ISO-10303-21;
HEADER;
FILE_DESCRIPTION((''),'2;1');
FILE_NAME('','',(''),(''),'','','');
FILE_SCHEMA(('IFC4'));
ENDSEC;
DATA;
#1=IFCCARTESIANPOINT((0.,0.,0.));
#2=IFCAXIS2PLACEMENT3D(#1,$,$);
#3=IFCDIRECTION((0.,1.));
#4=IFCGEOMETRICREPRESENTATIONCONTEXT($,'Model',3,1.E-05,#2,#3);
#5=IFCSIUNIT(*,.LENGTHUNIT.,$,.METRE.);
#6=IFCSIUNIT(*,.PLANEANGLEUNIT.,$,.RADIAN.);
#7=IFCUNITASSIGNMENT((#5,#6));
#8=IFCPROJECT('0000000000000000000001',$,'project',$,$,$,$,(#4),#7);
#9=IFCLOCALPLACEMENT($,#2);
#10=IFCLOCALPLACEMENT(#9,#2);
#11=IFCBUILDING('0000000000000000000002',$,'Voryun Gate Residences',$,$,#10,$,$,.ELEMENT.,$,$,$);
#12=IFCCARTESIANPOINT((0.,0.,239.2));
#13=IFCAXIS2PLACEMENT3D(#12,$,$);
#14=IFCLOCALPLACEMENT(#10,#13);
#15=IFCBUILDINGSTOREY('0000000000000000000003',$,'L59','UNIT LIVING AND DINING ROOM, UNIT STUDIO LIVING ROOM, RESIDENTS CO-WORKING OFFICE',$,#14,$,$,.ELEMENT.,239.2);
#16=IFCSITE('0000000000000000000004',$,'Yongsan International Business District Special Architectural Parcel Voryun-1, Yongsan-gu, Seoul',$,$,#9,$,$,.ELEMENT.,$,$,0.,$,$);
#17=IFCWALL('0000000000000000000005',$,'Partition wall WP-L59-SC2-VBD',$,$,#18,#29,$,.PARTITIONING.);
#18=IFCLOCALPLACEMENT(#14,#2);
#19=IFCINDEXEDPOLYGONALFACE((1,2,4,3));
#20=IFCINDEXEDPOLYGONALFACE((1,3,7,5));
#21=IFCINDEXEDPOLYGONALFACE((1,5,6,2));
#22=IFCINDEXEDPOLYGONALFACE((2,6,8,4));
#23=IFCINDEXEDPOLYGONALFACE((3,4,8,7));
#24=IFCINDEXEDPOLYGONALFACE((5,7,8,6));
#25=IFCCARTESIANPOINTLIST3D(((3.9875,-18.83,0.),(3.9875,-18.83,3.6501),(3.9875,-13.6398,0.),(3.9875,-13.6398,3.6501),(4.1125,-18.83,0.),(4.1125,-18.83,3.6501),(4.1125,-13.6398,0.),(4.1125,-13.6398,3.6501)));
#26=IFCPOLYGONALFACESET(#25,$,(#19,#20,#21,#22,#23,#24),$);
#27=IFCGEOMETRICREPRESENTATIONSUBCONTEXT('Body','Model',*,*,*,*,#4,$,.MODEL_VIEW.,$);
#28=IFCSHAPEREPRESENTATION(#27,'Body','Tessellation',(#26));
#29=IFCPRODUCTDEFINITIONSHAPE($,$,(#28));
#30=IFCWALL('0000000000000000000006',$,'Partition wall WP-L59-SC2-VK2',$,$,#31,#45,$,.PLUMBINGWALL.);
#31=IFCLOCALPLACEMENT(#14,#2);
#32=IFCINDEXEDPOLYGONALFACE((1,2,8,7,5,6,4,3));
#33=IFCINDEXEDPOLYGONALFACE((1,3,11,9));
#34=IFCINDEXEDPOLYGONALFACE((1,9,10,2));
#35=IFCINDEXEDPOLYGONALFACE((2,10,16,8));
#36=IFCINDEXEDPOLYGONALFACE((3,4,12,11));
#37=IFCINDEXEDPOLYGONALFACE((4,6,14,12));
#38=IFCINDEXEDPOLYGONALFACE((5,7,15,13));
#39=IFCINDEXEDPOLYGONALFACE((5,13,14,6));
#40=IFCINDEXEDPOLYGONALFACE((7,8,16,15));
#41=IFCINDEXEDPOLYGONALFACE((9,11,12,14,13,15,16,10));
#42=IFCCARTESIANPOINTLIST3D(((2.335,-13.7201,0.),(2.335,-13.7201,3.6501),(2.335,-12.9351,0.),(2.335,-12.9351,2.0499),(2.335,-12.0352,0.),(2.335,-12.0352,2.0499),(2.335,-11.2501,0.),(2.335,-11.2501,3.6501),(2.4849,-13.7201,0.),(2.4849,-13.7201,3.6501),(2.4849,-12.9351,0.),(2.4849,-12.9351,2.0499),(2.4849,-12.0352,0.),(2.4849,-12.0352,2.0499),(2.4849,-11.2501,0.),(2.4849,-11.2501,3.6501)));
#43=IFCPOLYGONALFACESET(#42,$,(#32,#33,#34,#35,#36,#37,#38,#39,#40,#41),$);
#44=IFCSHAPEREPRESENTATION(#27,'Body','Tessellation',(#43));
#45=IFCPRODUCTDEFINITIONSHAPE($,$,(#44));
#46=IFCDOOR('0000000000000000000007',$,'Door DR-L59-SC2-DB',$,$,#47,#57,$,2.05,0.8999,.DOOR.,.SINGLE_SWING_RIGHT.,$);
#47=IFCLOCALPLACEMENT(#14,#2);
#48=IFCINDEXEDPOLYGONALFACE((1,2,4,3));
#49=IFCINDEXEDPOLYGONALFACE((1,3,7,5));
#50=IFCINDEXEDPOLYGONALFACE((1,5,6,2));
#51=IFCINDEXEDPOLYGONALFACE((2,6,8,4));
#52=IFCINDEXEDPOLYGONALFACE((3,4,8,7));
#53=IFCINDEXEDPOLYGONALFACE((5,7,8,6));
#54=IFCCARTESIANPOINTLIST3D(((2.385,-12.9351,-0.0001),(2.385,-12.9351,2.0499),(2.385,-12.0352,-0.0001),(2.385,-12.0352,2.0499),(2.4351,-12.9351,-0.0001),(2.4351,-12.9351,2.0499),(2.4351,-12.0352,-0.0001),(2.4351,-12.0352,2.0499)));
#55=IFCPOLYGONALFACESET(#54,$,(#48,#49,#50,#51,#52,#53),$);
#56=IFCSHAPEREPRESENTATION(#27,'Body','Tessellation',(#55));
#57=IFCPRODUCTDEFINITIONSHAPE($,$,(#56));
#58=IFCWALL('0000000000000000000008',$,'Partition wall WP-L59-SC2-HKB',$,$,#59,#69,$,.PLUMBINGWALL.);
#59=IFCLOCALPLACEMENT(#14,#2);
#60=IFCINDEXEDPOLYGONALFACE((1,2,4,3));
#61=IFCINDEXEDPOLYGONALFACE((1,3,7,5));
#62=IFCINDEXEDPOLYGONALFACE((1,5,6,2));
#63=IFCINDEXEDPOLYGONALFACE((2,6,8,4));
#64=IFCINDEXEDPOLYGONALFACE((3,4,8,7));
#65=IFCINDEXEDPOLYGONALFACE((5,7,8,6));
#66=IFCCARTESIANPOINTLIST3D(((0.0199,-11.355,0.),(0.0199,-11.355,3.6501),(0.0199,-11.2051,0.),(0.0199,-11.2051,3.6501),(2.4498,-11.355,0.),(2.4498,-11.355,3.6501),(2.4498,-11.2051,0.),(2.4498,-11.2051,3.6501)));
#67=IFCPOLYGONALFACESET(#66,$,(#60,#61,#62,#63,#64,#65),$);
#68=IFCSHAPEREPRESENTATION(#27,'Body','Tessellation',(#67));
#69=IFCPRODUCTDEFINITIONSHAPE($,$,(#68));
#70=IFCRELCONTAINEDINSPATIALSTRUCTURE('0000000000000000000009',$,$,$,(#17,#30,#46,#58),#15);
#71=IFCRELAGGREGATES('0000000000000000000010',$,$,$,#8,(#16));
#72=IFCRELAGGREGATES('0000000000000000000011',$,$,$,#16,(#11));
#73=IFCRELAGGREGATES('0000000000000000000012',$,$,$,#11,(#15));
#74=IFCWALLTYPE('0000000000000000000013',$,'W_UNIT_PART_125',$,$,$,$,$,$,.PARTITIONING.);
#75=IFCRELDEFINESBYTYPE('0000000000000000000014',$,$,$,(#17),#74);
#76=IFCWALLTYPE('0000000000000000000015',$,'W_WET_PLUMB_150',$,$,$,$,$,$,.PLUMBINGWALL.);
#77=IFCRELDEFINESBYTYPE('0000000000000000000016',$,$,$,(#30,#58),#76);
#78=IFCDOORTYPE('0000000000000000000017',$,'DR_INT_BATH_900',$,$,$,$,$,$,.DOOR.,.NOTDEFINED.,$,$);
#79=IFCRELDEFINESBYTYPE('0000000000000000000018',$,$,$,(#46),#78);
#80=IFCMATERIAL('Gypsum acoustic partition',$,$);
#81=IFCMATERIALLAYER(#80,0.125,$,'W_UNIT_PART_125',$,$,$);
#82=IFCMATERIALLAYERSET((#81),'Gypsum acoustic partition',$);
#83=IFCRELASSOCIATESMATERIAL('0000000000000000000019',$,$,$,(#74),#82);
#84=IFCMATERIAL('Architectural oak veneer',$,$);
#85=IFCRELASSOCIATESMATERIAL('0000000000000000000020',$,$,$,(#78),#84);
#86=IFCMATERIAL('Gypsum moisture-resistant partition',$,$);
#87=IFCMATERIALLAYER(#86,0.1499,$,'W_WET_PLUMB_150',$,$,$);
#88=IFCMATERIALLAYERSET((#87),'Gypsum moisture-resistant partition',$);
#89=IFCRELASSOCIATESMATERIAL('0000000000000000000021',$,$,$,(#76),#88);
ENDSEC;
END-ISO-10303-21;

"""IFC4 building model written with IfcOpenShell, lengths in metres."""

from ifc_helpers import new_model, si_unit, direction, frame, frame_2d, origin, place, context, subcontext, project, spatial, rectangle, extrude, material, layer, layer_set, type_object, element, fill, save


model = new_model("IFC4")

# Units and contexts
model_context = context("Model", 3, precision=1e-05, world=origin(), true_north=direction((0.0, 1.0)))
body_context = subcontext(model_context, "Body", "Model", "MODEL_VIEW")
ifc_project = project(units=[si_unit("LENGTHUNIT", "METRE"), si_unit("PLANEANGLEUNIT", "RADIAN")], contexts=[model_context])

# Site, building, storey
site_placement = place(None, origin())
site = spatial("IfcSite", under=ifc_project, at=site_placement, Name="Yongsan International Business District Special Architectural Parcel Voryun-1, Yongsan-gu, Seoul", CompositionType="ELEMENT", RefElevation=0.0)
building_placement = place(site_placement, origin())
building = spatial("IfcBuilding", under=site, at=building_placement, Name="Voryun Gate Residences", CompositionType="ELEMENT")
storey_placement = place(building_placement, frame((0.0, 0.0, 239.2)))
storey = spatial("IfcBuildingStorey", under=building, at=storey_placement, Name="L59", Description="UNIT LIVING AND DINING ROOM, UNIT STUDIO LIVING ROOM, RESIDENTS CO-WORKING OFFICE", CompositionType="ELEMENT", Elevation=239.2)

# Shared definitions
ifc_material_1 = material(Name="Gypsum acoustic partition")
ifc_layer_1 = layer(ifc_material_1, 0.125, Name="W_UNIT_PART_125")
ifc_layer_set_1 = layer_set([ifc_layer_1], Name="Gypsum acoustic partition")
wall_type_1 = type_object("IfcWallType", Name="W_UNIT_PART_125", PredefinedType="PARTITIONING", material=ifc_layer_set_1)

# Shared definitions
ifc_material_2 = material(Name="Architectural oak veneer")
door_type = type_object("IfcDoorType", Name="DR_INT_BATH_900", OperationType="NOTDEFINED", PredefinedType="DOOR", material=ifc_material_2)

# Wall
wall_1_placement = place(storey_placement, frame((4.05, -18.8301, 0.0), z_axis=(0.0, 0.0, 1.0), x_axis=(0.0, 1.0, 0.0)))
element("IfcWall", 1, at=wall_1_placement, inside=storey, type_object=wall_type_1, Name="Partition wall WP-L59-SC2-VBD", PredefinedType="PARTITIONING", context=body_context, shape_type="SweptSolid", body=[
    extrude(rectangle(XDim=5.1902, YDim=0.125, at=frame_2d((2.5952, 0.0))), origin(), (0.0, 0.0, 1.0), 3.6501),
])

# Wall, opening, door
ifc_material_3 = material(Name="Gypsum moisture-resistant partition")
ifc_layer_2 = layer(ifc_material_3, 0.1499, Name="W_WET_PLUMB_150")
ifc_layer_set_2 = layer_set([ifc_layer_2], Name="Gypsum moisture-resistant partition")
wall_type_2 = type_object("IfcWallType", Name="W_WET_PLUMB_150", PredefinedType="PLUMBINGWALL", material=ifc_layer_set_2)
wall_2_placement = place(storey_placement, frame((2.4099, -13.72, 0.0), z_axis=(0.0, 0.0, 1.0), x_axis=(0.0, 1.0, 0.0)))
wall_2 = element("IfcWall", 2, at=wall_2_placement, inside=storey, type_object=wall_type_2, Name="Partition wall WP-L59-SC2-VK2", PredefinedType="PLUMBINGWALL", context=body_context, shape_type="SweptSolid", body=[
    extrude(rectangle(XDim=2.47, YDim=0.1499, at=frame_2d((1.2349, 0.0))), origin(), (0.0, 0.0, 1.0), 3.6501),
])
opening_1_placement = place(wall_2_placement, frame((0.7849, 0.0, 0.0)))
opening_1 = element("IfcOpeningElement", 3, at=opening_1_placement, cuts=wall_2, PredefinedType="OPENING", context=body_context, shape_type="SweptSolid", body=[
    extrude(rectangle(XDim=0.8999, YDim=2.05, at=frame_2d((0.45, 1.0249))), frame((0.0, 0.085, 0.0), z_axis=(0.0, -1.0, 0.0), x_axis=(1.0, 0.0, 0.0)), (0.0, 0.0, 1.0), 0.1699),
])
door_1_placement = place(opening_1_placement, origin())
door_1 = element("IfcDoor", 4, at=door_1_placement, inside=storey, type_object=door_type, Name="Door DR-L59-SC2-DB", OperationType="SINGLE_SWING_RIGHT", OverallHeight=2.05, OverallWidth=0.8999, PredefinedType="DOOR", context=body_context, shape_type="SweptSolid", body=[
    extrude(rectangle(XDim=0.8999, YDim=2.05, at=frame_2d((0.45, 1.0249))), frame((0.0, 0.0249, 0.0), z_axis=(0.0, -1.0, 0.0), x_axis=(1.0, 0.0, 0.0)), (0.0, 0.0, 1.0), 0.05),
])
fill(opening_1, door_1)

# Wall
wall_3_placement = place(storey_placement, frame((0.02, -11.28, 0.0), z_axis=(0.0, 0.0, 1.0), x_axis=(1.0, 0.0, 0.0)))
element("IfcWall", 5, at=wall_3_placement, inside=storey, type_object=wall_type_2, Name="Partition wall WP-L59-SC2-HKB", PredefinedType="PLUMBINGWALL", context=body_context, shape_type="SweptSolid", body=[
    extrude(rectangle(XDim=2.4299, YDim=0.1499, at=frame_2d((1.2148, 0.0))), origin(), (0.0, 0.0, 1.0), 3.6501),
])

save(model, "model.ifc")
